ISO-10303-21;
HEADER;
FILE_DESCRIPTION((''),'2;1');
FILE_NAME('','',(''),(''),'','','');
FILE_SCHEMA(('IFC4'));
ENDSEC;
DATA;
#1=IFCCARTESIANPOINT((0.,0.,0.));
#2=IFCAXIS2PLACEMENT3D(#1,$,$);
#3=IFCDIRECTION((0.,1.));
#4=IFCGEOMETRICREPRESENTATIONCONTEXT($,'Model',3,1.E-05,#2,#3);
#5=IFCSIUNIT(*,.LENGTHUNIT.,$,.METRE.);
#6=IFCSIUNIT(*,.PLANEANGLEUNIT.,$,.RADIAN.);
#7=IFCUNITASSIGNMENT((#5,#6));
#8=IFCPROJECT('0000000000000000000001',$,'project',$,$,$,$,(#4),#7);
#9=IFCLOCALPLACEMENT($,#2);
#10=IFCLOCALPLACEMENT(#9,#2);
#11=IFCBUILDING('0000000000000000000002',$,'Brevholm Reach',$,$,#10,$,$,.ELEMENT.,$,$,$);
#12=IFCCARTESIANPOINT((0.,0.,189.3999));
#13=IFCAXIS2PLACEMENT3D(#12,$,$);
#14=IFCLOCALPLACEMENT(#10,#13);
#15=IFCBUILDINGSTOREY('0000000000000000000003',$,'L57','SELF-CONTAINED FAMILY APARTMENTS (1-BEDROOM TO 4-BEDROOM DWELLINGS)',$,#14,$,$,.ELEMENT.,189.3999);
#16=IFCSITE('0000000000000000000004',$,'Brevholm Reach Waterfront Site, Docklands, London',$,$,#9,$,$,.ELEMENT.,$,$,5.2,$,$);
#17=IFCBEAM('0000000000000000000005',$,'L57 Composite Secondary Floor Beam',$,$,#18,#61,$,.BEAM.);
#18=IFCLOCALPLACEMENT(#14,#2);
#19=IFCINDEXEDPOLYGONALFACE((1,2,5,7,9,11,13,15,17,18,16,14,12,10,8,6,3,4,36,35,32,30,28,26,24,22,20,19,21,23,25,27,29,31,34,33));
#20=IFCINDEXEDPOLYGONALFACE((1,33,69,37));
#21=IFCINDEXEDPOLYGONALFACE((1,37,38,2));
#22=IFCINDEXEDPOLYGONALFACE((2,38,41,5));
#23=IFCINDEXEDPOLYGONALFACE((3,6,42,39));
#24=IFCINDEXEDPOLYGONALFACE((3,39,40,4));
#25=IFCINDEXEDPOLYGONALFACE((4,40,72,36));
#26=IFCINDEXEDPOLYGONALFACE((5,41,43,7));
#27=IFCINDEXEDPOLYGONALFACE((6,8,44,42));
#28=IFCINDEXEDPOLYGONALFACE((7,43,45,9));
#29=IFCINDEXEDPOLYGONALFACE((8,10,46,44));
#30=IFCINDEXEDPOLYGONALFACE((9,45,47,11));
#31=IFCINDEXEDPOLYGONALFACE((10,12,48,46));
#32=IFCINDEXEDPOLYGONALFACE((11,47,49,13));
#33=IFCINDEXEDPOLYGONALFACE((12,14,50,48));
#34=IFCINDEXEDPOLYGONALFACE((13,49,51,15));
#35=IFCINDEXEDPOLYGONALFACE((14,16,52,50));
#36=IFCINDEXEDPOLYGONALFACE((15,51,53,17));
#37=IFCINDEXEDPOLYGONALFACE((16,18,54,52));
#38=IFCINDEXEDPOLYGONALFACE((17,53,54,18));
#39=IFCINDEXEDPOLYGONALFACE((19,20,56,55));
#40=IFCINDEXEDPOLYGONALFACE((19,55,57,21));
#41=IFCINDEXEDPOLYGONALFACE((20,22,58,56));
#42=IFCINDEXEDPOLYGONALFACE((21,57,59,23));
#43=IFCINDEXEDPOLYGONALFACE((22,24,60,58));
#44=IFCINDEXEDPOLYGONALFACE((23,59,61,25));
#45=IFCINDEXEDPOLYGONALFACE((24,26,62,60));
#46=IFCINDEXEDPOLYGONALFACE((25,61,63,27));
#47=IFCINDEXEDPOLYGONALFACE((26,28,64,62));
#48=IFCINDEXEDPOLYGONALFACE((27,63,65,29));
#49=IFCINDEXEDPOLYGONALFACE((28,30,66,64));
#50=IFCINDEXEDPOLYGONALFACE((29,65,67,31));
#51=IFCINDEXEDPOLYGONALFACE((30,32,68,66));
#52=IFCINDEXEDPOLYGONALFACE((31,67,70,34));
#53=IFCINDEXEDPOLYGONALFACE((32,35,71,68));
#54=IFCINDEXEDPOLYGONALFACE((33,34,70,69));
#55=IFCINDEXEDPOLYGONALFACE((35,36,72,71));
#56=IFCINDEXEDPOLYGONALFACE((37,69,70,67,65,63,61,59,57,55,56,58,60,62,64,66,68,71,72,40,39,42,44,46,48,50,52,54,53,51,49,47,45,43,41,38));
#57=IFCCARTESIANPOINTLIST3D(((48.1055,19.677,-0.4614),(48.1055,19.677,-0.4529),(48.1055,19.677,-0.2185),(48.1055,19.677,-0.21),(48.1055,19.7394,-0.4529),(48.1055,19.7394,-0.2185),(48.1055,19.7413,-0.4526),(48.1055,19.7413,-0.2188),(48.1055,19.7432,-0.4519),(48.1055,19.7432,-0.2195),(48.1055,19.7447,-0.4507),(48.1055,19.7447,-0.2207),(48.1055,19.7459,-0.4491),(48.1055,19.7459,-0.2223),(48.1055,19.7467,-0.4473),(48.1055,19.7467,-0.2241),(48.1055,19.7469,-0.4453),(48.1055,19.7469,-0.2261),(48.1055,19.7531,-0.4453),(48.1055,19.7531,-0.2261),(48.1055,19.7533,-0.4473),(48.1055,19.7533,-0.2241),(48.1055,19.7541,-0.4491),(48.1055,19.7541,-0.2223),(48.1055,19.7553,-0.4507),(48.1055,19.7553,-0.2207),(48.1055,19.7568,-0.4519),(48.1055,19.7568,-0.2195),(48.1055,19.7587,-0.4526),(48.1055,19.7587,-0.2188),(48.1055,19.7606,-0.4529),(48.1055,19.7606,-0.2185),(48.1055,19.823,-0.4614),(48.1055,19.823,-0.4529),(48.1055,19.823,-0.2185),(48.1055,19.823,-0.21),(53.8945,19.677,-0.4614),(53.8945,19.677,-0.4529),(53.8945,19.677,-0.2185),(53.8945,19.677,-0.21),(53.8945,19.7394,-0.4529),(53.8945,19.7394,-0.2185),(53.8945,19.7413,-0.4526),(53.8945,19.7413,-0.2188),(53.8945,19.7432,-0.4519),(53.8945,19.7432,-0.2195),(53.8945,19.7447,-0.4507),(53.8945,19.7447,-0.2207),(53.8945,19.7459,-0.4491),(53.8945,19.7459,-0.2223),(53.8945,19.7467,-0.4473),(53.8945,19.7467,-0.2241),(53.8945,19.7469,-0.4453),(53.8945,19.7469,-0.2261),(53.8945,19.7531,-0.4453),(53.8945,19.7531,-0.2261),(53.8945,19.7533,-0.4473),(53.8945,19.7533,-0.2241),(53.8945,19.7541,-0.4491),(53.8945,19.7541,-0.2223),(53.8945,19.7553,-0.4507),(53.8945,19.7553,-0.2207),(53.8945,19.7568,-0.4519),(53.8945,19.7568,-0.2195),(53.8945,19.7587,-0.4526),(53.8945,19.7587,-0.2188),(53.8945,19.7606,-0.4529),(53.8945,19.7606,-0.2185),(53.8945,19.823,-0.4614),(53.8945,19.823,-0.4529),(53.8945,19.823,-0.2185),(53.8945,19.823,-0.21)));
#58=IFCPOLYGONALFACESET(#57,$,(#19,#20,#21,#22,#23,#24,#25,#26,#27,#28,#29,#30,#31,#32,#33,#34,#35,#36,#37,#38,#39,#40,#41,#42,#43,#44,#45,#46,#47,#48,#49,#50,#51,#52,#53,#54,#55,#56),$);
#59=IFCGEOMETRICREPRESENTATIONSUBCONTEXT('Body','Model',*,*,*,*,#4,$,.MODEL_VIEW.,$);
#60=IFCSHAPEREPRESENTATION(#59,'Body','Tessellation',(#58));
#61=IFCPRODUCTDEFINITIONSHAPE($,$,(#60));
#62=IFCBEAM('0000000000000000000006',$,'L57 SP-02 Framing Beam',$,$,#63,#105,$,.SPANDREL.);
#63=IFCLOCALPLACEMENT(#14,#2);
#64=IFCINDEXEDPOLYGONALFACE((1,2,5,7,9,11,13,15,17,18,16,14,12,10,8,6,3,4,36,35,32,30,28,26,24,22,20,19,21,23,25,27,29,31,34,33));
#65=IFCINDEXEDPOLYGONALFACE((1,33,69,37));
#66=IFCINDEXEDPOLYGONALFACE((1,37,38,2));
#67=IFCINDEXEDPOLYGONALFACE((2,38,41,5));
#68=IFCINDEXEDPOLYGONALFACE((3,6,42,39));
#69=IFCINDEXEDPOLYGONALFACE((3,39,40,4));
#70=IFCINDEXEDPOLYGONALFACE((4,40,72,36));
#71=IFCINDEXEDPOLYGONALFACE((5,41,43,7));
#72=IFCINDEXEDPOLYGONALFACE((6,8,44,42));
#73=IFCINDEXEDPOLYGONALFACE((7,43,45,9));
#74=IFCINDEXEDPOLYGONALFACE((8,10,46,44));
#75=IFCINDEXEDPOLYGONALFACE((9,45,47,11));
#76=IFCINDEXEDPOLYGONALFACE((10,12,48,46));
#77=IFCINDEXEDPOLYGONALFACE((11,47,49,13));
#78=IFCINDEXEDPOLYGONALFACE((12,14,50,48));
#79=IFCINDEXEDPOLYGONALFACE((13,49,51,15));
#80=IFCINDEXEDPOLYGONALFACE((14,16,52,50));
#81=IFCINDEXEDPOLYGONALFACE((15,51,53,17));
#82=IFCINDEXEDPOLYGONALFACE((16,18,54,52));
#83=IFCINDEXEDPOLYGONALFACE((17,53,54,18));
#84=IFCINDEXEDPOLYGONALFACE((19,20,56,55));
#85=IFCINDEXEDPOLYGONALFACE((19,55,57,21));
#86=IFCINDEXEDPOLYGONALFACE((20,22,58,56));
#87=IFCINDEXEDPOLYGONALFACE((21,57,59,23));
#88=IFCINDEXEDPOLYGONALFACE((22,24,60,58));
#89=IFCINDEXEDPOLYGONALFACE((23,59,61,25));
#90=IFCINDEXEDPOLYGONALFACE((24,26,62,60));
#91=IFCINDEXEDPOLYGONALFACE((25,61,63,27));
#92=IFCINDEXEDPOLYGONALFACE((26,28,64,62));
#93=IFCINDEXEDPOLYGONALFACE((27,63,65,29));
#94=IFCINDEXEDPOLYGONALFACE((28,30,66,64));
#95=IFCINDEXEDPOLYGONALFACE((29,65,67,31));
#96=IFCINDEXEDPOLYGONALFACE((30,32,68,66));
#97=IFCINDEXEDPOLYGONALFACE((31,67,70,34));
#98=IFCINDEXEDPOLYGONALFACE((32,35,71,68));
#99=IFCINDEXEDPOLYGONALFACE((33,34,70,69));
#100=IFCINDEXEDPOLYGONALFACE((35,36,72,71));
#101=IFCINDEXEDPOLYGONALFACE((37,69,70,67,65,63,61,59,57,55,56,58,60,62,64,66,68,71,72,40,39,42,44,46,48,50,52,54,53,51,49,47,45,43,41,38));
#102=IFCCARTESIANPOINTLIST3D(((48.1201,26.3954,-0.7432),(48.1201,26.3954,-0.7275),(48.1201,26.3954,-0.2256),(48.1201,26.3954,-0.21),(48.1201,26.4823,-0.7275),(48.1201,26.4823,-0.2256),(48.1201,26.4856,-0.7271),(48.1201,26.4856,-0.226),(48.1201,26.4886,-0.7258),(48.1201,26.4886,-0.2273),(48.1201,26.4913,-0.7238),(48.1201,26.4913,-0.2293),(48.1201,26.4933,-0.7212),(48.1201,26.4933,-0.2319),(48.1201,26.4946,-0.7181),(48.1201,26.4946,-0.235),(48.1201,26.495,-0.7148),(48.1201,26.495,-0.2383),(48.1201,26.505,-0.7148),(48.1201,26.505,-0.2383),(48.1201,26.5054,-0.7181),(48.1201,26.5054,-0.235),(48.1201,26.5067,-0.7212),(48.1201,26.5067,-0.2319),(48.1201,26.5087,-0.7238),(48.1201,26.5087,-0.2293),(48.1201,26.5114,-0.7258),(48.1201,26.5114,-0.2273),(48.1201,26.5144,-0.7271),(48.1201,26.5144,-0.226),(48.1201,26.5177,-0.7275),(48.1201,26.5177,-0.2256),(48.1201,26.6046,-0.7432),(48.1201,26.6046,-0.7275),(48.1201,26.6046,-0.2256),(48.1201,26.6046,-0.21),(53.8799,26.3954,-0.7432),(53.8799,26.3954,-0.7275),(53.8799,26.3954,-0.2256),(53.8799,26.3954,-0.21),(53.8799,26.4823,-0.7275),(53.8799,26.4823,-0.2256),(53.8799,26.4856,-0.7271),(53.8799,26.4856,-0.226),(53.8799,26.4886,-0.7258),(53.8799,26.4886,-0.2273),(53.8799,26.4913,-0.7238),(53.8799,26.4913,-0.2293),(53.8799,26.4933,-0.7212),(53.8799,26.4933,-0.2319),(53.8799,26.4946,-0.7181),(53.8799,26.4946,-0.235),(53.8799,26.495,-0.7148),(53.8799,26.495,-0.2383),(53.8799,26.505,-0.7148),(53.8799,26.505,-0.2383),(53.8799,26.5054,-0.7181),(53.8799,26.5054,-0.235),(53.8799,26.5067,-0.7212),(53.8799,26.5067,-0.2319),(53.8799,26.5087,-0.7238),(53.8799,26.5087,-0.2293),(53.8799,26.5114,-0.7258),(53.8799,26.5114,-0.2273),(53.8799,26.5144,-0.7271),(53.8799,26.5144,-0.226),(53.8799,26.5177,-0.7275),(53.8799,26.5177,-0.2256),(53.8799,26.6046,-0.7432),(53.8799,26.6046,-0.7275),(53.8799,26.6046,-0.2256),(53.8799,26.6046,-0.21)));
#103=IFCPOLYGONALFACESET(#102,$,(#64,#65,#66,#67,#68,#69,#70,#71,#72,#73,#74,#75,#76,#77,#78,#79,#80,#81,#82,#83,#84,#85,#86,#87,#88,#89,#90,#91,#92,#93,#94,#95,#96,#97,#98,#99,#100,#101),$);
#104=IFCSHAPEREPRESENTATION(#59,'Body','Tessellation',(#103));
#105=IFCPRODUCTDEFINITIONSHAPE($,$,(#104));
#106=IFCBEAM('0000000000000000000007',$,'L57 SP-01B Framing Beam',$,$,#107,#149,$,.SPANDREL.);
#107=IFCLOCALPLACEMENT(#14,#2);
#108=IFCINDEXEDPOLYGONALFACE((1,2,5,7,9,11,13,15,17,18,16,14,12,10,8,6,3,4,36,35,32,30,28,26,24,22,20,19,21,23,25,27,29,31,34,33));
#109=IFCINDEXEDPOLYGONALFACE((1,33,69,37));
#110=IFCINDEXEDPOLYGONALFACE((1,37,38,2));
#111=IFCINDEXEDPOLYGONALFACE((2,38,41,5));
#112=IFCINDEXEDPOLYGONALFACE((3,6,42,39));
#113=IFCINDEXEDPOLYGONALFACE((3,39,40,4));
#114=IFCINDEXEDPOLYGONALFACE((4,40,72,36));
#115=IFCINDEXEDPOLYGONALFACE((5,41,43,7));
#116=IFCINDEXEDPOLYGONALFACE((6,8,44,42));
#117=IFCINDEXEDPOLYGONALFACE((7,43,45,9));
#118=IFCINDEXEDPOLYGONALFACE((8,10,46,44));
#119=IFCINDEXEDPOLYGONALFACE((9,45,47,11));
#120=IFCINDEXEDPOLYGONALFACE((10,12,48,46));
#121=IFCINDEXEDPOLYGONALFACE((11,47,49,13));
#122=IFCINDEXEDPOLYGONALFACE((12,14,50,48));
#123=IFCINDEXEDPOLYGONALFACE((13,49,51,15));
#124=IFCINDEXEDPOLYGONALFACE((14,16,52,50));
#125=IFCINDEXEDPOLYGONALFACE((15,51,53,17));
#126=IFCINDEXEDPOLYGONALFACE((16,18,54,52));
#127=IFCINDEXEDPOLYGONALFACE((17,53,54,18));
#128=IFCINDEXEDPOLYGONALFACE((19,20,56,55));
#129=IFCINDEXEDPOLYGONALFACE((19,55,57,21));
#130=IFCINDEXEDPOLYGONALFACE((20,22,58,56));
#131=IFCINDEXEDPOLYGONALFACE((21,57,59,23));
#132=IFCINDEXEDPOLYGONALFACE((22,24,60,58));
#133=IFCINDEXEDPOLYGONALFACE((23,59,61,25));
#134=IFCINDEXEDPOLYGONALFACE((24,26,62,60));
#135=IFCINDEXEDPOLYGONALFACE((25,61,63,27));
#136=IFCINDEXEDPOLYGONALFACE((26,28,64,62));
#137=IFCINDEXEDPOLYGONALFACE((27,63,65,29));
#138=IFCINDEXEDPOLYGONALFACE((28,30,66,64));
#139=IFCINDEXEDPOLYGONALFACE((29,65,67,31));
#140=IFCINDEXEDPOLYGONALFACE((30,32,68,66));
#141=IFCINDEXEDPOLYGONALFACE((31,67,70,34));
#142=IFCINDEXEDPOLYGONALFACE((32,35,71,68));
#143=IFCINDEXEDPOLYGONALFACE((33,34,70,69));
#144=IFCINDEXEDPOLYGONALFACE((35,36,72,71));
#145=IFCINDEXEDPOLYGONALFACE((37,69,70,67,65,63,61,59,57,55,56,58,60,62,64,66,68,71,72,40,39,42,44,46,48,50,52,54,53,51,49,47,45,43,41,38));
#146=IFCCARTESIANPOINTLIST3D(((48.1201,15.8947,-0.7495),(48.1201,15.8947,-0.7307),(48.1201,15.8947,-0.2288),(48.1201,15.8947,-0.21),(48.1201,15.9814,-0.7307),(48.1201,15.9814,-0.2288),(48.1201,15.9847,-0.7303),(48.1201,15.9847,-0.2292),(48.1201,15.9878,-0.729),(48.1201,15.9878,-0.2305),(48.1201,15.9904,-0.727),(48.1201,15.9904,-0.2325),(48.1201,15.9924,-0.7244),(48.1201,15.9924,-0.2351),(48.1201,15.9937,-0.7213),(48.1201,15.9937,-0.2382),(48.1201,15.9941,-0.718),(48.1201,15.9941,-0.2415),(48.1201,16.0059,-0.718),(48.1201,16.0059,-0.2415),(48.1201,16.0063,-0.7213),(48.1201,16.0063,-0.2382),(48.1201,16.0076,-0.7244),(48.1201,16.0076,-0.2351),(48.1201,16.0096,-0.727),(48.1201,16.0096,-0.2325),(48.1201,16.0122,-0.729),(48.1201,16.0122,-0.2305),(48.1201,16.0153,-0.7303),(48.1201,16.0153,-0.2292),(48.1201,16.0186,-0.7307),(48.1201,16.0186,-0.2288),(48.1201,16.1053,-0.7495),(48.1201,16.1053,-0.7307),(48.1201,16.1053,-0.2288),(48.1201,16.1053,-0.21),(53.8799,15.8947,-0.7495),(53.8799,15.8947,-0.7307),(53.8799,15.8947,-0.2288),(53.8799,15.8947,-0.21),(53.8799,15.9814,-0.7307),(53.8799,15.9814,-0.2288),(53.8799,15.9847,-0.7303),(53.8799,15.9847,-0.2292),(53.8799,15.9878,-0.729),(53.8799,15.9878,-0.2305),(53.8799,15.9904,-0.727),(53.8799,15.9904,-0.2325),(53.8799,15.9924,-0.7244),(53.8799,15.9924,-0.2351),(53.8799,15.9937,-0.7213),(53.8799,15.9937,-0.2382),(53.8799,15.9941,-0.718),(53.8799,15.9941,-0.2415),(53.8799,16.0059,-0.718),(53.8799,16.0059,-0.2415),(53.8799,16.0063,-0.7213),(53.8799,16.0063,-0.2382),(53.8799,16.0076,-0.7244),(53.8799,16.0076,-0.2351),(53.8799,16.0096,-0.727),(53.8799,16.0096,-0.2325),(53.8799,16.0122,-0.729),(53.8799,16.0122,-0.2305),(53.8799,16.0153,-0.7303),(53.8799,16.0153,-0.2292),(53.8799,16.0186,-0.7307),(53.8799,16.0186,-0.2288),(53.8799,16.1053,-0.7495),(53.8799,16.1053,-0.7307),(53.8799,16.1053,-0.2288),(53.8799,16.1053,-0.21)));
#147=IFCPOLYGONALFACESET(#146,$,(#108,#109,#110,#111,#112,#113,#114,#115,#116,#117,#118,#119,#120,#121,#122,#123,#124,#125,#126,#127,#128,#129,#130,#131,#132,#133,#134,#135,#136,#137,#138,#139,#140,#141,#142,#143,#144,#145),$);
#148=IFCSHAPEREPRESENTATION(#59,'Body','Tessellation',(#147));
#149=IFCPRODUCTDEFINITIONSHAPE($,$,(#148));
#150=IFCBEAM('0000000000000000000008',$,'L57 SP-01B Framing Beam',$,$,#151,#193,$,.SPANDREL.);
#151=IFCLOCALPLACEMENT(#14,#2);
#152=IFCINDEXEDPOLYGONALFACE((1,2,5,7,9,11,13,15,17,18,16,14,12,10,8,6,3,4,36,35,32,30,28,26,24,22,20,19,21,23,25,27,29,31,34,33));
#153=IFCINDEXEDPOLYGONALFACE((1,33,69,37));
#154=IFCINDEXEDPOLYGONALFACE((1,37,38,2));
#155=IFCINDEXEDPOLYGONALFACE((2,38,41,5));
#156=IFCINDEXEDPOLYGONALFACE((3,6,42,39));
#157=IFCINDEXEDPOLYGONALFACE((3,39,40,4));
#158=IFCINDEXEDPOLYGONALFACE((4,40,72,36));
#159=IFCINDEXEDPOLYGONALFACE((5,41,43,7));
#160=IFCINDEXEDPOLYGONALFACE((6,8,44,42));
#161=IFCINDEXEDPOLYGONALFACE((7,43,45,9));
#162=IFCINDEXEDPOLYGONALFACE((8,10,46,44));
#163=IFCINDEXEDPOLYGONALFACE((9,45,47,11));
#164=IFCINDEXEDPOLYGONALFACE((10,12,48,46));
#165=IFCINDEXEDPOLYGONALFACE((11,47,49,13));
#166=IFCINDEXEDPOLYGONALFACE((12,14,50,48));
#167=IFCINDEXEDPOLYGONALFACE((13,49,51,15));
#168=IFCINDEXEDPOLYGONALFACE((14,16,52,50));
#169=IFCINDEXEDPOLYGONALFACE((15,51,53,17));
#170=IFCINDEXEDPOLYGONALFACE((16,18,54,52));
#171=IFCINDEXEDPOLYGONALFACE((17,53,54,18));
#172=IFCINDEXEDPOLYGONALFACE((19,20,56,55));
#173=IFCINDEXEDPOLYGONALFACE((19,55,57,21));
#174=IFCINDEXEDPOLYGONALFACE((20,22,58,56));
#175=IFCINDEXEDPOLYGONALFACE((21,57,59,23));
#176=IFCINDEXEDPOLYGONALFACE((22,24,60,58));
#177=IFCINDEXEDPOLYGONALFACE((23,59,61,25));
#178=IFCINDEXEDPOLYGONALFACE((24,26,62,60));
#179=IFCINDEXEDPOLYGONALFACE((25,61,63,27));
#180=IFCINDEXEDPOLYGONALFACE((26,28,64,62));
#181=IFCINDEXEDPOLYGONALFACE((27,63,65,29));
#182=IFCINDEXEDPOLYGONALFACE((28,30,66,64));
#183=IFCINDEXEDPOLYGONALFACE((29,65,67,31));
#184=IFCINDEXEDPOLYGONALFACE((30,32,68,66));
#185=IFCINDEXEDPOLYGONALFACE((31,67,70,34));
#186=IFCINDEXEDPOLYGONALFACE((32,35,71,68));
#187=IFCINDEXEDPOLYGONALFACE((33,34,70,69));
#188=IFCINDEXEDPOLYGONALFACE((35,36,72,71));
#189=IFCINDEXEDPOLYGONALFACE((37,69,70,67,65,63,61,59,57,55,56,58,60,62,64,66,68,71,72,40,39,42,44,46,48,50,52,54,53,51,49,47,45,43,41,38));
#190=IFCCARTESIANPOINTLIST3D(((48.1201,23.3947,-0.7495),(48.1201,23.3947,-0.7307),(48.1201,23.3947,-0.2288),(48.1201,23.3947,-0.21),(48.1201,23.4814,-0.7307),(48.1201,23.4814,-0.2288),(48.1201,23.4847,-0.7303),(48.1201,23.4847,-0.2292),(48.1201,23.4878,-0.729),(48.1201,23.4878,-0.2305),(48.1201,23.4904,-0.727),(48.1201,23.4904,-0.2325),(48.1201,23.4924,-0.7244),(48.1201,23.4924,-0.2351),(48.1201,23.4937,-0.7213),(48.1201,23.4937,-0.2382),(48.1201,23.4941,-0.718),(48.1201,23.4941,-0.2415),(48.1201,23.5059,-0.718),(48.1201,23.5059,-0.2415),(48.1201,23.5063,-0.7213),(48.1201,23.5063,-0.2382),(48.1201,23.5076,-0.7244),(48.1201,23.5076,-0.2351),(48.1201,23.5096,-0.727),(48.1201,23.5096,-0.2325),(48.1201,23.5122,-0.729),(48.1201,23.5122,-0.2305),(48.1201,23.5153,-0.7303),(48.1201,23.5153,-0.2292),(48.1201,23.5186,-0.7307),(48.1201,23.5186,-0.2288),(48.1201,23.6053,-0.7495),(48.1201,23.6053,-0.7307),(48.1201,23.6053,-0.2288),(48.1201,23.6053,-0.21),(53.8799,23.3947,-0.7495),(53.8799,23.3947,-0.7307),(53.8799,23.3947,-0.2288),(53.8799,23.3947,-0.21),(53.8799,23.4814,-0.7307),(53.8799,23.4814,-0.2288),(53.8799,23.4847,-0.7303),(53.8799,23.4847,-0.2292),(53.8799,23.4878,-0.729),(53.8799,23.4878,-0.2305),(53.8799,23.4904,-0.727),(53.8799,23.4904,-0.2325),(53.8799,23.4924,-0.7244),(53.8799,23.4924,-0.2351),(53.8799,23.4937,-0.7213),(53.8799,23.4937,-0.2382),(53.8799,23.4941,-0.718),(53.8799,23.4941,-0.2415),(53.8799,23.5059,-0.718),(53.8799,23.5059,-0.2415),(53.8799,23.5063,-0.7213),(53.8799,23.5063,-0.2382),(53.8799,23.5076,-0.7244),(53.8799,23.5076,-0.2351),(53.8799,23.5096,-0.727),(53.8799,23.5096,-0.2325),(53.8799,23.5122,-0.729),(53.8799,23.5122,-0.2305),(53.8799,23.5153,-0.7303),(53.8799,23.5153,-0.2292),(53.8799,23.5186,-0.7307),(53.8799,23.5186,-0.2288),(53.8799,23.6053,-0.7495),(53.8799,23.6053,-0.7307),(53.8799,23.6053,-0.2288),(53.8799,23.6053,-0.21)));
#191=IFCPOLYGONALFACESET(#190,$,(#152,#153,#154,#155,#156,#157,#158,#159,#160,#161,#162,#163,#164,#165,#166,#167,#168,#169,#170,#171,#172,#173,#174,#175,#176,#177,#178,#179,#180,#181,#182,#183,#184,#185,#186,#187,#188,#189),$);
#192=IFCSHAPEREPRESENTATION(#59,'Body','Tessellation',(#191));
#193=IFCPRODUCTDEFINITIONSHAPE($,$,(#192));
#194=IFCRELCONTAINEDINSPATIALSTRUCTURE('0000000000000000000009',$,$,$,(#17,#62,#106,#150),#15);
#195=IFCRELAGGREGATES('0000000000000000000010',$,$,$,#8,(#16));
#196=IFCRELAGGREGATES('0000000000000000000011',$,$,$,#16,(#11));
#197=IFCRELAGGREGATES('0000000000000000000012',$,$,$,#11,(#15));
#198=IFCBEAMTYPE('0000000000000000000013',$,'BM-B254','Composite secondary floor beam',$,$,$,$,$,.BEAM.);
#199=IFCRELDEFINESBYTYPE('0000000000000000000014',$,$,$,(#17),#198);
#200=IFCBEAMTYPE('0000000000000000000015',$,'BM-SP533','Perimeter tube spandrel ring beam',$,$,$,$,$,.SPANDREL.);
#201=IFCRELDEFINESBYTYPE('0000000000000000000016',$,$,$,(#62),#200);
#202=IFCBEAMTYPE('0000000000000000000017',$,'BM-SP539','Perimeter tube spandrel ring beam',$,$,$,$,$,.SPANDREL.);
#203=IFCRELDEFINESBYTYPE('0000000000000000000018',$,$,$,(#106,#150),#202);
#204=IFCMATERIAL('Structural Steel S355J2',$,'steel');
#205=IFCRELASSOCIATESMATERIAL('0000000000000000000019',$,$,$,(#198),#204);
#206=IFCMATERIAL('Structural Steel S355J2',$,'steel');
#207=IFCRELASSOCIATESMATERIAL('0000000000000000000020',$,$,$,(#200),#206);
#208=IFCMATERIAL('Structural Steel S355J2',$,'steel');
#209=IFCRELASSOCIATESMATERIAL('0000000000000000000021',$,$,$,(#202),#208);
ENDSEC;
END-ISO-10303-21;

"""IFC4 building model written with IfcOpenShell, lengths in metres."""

from ifc_helpers import new_model, si_unit, direction, frame, origin, origin_2d, place, context, subcontext, project, spatial, i_section, extrude, material, material_profile, profile_set, type_object, element, save


model = new_model("IFC4")

# Units and contexts
model_context = context("Model", 3, precision=1e-05, world=origin(), true_north=direction((0.0, 1.0)))
body_context = subcontext(model_context, "Body", "Model", "MODEL_VIEW")
ifc_project = project(units=[si_unit("LENGTHUNIT", "METRE"), si_unit("PLANEANGLEUNIT", "RADIAN")], contexts=[model_context])

# Site, building, storey
site_placement = place(None, origin())
site = spatial("IfcSite", under=ifc_project, at=site_placement, Name="Brevholm Reach Waterfront Site, Docklands, London", CompositionType="ELEMENT", RefElevation=5.2)
building_placement = place(site_placement, origin())
building = spatial("IfcBuilding", under=site, at=building_placement, Name="Brevholm Reach", CompositionType="ELEMENT")
storey_placement = place(building_placement, frame((0.0, 0.0, 189.3999)))
storey = spatial("IfcBuildingStorey", under=building, at=storey_placement, Name="L57", Description="SELF-CONTAINED FAMILY APARTMENTS (1-BEDROOM TO 4-BEDROOM DWELLINGS)", CompositionType="ELEMENT", Elevation=189.3999)

# Beams
ifc_material_1 = material(Name="Structural Steel S355J2", Category="steel")
ifc_material_profile_1 = material_profile(ifc_material_1, i_section(OverallWidth=0.146, OverallDepth=0.2515, WebThickness=0.0061, FlangeThickness=0.0085, FilletRadius=0.0076, at=origin_2d()), Name="UKB 254x146x31")
ifc_profile_set_1 = profile_set([ifc_material_profile_1], Name="Structural Steel S355J2")
beam_type_1 = type_object("IfcBeamType", Name="BM-B254", Description="Composite secondary floor beam", PredefinedType="BEAM", material=ifc_profile_set_1)
beam_1_placement = place(storey_placement, frame((48.1055, 19.75, -0.3357), z_axis=(1.0, 0.0, 0.0), x_axis=(0.0, 1.0, 0.0)))
element("IfcBeam", 1, at=beam_1_placement, inside=storey, type_object=beam_type_1, Name="L57 Composite Secondary Floor Beam", PredefinedType="BEAM", context=body_context, shape_type="SweptSolid", body=[
    extrude(i_section(OverallWidth=0.146, OverallDepth=0.2515, WebThickness=0.0061, FlangeThickness=0.0085, FilletRadius=0.0076, at=origin_2d()), origin(), (0.0, 0.0, 1.0), 5.7891),
])
ifc_material_2 = material(Name="Structural Steel S355J2", Category="steel")
ifc_material_profile_2 = material_profile(ifc_material_2, i_section(OverallWidth=0.2092, OverallDepth=0.5332, WebThickness=0.01, FlangeThickness=0.0156, FilletRadius=0.0127, at=origin_2d()), Name="UKB 533x210x92")
ifc_profile_set_2 = profile_set([ifc_material_profile_2], Name="Structural Steel S355J2")
beam_type_2 = type_object("IfcBeamType", Name="BM-SP533", Description="Perimeter tube spandrel ring beam", PredefinedType="SPANDREL", material=ifc_profile_set_2)
beam_2_placement = place(storey_placement, frame((48.1201, 26.5, -0.4766), z_axis=(1.0, 0.0, 0.0), x_axis=(0.0, 1.0, 0.0)))
element("IfcBeam", 2, at=beam_2_placement, inside=storey, type_object=beam_type_2, Name="L57 SP-02 Framing Beam", PredefinedType="SPANDREL", context=body_context, shape_type="SweptSolid", body=[
    extrude(i_section(OverallWidth=0.2092, OverallDepth=0.5332, WebThickness=0.01, FlangeThickness=0.0156, FilletRadius=0.0127, at=origin_2d()), origin(), (0.0, 0.0, 1.0), 5.7598),
])
ifc_material_3 = material(Name="Structural Steel S355J2", Category="steel")
ifc_material_profile_3 = material_profile(ifc_material_3, i_section(OverallWidth=0.2107, OverallDepth=0.5396, WebThickness=0.0117, FlangeThickness=0.0188, FilletRadius=0.0127, at=origin_2d()), Name="UKB 533x210x109")
ifc_profile_set_3 = profile_set([ifc_material_profile_3], Name="Structural Steel S355J2")
beam_type_3 = type_object("IfcBeamType", Name="BM-SP539", Description="Perimeter tube spandrel ring beam", PredefinedType="SPANDREL", material=ifc_profile_set_3)
for number, where, z_axis, x_axis, name in (
    (3, (48.1201, 16.0, -0.4797), (1.0, 0.0, 0.0), (0.0, 1.0, 0.0), "L57 SP-01B Framing Beam"),
    (4, (48.1201, 23.5, -0.4797), (1.0, 0.0, 0.0), (0.0, 1.0, 0.0), "L57 SP-01B Framing Beam"),
):
    element("IfcBeam", number, at=place(storey_placement, frame(where, z_axis=z_axis, x_axis=x_axis)), inside=storey, type_object=beam_type_3, Name=name, PredefinedType="SPANDREL", context=body_context, shape_type="SweptSolid", body=[
        extrude(i_section(OverallWidth=0.2107, OverallDepth=0.5396, WebThickness=0.0117, FlangeThickness=0.0188, FilletRadius=0.0127, at=origin_2d()), origin(), (0.0, 0.0, 1.0), 5.7598),
    ])

save(model, "model.ifc")
